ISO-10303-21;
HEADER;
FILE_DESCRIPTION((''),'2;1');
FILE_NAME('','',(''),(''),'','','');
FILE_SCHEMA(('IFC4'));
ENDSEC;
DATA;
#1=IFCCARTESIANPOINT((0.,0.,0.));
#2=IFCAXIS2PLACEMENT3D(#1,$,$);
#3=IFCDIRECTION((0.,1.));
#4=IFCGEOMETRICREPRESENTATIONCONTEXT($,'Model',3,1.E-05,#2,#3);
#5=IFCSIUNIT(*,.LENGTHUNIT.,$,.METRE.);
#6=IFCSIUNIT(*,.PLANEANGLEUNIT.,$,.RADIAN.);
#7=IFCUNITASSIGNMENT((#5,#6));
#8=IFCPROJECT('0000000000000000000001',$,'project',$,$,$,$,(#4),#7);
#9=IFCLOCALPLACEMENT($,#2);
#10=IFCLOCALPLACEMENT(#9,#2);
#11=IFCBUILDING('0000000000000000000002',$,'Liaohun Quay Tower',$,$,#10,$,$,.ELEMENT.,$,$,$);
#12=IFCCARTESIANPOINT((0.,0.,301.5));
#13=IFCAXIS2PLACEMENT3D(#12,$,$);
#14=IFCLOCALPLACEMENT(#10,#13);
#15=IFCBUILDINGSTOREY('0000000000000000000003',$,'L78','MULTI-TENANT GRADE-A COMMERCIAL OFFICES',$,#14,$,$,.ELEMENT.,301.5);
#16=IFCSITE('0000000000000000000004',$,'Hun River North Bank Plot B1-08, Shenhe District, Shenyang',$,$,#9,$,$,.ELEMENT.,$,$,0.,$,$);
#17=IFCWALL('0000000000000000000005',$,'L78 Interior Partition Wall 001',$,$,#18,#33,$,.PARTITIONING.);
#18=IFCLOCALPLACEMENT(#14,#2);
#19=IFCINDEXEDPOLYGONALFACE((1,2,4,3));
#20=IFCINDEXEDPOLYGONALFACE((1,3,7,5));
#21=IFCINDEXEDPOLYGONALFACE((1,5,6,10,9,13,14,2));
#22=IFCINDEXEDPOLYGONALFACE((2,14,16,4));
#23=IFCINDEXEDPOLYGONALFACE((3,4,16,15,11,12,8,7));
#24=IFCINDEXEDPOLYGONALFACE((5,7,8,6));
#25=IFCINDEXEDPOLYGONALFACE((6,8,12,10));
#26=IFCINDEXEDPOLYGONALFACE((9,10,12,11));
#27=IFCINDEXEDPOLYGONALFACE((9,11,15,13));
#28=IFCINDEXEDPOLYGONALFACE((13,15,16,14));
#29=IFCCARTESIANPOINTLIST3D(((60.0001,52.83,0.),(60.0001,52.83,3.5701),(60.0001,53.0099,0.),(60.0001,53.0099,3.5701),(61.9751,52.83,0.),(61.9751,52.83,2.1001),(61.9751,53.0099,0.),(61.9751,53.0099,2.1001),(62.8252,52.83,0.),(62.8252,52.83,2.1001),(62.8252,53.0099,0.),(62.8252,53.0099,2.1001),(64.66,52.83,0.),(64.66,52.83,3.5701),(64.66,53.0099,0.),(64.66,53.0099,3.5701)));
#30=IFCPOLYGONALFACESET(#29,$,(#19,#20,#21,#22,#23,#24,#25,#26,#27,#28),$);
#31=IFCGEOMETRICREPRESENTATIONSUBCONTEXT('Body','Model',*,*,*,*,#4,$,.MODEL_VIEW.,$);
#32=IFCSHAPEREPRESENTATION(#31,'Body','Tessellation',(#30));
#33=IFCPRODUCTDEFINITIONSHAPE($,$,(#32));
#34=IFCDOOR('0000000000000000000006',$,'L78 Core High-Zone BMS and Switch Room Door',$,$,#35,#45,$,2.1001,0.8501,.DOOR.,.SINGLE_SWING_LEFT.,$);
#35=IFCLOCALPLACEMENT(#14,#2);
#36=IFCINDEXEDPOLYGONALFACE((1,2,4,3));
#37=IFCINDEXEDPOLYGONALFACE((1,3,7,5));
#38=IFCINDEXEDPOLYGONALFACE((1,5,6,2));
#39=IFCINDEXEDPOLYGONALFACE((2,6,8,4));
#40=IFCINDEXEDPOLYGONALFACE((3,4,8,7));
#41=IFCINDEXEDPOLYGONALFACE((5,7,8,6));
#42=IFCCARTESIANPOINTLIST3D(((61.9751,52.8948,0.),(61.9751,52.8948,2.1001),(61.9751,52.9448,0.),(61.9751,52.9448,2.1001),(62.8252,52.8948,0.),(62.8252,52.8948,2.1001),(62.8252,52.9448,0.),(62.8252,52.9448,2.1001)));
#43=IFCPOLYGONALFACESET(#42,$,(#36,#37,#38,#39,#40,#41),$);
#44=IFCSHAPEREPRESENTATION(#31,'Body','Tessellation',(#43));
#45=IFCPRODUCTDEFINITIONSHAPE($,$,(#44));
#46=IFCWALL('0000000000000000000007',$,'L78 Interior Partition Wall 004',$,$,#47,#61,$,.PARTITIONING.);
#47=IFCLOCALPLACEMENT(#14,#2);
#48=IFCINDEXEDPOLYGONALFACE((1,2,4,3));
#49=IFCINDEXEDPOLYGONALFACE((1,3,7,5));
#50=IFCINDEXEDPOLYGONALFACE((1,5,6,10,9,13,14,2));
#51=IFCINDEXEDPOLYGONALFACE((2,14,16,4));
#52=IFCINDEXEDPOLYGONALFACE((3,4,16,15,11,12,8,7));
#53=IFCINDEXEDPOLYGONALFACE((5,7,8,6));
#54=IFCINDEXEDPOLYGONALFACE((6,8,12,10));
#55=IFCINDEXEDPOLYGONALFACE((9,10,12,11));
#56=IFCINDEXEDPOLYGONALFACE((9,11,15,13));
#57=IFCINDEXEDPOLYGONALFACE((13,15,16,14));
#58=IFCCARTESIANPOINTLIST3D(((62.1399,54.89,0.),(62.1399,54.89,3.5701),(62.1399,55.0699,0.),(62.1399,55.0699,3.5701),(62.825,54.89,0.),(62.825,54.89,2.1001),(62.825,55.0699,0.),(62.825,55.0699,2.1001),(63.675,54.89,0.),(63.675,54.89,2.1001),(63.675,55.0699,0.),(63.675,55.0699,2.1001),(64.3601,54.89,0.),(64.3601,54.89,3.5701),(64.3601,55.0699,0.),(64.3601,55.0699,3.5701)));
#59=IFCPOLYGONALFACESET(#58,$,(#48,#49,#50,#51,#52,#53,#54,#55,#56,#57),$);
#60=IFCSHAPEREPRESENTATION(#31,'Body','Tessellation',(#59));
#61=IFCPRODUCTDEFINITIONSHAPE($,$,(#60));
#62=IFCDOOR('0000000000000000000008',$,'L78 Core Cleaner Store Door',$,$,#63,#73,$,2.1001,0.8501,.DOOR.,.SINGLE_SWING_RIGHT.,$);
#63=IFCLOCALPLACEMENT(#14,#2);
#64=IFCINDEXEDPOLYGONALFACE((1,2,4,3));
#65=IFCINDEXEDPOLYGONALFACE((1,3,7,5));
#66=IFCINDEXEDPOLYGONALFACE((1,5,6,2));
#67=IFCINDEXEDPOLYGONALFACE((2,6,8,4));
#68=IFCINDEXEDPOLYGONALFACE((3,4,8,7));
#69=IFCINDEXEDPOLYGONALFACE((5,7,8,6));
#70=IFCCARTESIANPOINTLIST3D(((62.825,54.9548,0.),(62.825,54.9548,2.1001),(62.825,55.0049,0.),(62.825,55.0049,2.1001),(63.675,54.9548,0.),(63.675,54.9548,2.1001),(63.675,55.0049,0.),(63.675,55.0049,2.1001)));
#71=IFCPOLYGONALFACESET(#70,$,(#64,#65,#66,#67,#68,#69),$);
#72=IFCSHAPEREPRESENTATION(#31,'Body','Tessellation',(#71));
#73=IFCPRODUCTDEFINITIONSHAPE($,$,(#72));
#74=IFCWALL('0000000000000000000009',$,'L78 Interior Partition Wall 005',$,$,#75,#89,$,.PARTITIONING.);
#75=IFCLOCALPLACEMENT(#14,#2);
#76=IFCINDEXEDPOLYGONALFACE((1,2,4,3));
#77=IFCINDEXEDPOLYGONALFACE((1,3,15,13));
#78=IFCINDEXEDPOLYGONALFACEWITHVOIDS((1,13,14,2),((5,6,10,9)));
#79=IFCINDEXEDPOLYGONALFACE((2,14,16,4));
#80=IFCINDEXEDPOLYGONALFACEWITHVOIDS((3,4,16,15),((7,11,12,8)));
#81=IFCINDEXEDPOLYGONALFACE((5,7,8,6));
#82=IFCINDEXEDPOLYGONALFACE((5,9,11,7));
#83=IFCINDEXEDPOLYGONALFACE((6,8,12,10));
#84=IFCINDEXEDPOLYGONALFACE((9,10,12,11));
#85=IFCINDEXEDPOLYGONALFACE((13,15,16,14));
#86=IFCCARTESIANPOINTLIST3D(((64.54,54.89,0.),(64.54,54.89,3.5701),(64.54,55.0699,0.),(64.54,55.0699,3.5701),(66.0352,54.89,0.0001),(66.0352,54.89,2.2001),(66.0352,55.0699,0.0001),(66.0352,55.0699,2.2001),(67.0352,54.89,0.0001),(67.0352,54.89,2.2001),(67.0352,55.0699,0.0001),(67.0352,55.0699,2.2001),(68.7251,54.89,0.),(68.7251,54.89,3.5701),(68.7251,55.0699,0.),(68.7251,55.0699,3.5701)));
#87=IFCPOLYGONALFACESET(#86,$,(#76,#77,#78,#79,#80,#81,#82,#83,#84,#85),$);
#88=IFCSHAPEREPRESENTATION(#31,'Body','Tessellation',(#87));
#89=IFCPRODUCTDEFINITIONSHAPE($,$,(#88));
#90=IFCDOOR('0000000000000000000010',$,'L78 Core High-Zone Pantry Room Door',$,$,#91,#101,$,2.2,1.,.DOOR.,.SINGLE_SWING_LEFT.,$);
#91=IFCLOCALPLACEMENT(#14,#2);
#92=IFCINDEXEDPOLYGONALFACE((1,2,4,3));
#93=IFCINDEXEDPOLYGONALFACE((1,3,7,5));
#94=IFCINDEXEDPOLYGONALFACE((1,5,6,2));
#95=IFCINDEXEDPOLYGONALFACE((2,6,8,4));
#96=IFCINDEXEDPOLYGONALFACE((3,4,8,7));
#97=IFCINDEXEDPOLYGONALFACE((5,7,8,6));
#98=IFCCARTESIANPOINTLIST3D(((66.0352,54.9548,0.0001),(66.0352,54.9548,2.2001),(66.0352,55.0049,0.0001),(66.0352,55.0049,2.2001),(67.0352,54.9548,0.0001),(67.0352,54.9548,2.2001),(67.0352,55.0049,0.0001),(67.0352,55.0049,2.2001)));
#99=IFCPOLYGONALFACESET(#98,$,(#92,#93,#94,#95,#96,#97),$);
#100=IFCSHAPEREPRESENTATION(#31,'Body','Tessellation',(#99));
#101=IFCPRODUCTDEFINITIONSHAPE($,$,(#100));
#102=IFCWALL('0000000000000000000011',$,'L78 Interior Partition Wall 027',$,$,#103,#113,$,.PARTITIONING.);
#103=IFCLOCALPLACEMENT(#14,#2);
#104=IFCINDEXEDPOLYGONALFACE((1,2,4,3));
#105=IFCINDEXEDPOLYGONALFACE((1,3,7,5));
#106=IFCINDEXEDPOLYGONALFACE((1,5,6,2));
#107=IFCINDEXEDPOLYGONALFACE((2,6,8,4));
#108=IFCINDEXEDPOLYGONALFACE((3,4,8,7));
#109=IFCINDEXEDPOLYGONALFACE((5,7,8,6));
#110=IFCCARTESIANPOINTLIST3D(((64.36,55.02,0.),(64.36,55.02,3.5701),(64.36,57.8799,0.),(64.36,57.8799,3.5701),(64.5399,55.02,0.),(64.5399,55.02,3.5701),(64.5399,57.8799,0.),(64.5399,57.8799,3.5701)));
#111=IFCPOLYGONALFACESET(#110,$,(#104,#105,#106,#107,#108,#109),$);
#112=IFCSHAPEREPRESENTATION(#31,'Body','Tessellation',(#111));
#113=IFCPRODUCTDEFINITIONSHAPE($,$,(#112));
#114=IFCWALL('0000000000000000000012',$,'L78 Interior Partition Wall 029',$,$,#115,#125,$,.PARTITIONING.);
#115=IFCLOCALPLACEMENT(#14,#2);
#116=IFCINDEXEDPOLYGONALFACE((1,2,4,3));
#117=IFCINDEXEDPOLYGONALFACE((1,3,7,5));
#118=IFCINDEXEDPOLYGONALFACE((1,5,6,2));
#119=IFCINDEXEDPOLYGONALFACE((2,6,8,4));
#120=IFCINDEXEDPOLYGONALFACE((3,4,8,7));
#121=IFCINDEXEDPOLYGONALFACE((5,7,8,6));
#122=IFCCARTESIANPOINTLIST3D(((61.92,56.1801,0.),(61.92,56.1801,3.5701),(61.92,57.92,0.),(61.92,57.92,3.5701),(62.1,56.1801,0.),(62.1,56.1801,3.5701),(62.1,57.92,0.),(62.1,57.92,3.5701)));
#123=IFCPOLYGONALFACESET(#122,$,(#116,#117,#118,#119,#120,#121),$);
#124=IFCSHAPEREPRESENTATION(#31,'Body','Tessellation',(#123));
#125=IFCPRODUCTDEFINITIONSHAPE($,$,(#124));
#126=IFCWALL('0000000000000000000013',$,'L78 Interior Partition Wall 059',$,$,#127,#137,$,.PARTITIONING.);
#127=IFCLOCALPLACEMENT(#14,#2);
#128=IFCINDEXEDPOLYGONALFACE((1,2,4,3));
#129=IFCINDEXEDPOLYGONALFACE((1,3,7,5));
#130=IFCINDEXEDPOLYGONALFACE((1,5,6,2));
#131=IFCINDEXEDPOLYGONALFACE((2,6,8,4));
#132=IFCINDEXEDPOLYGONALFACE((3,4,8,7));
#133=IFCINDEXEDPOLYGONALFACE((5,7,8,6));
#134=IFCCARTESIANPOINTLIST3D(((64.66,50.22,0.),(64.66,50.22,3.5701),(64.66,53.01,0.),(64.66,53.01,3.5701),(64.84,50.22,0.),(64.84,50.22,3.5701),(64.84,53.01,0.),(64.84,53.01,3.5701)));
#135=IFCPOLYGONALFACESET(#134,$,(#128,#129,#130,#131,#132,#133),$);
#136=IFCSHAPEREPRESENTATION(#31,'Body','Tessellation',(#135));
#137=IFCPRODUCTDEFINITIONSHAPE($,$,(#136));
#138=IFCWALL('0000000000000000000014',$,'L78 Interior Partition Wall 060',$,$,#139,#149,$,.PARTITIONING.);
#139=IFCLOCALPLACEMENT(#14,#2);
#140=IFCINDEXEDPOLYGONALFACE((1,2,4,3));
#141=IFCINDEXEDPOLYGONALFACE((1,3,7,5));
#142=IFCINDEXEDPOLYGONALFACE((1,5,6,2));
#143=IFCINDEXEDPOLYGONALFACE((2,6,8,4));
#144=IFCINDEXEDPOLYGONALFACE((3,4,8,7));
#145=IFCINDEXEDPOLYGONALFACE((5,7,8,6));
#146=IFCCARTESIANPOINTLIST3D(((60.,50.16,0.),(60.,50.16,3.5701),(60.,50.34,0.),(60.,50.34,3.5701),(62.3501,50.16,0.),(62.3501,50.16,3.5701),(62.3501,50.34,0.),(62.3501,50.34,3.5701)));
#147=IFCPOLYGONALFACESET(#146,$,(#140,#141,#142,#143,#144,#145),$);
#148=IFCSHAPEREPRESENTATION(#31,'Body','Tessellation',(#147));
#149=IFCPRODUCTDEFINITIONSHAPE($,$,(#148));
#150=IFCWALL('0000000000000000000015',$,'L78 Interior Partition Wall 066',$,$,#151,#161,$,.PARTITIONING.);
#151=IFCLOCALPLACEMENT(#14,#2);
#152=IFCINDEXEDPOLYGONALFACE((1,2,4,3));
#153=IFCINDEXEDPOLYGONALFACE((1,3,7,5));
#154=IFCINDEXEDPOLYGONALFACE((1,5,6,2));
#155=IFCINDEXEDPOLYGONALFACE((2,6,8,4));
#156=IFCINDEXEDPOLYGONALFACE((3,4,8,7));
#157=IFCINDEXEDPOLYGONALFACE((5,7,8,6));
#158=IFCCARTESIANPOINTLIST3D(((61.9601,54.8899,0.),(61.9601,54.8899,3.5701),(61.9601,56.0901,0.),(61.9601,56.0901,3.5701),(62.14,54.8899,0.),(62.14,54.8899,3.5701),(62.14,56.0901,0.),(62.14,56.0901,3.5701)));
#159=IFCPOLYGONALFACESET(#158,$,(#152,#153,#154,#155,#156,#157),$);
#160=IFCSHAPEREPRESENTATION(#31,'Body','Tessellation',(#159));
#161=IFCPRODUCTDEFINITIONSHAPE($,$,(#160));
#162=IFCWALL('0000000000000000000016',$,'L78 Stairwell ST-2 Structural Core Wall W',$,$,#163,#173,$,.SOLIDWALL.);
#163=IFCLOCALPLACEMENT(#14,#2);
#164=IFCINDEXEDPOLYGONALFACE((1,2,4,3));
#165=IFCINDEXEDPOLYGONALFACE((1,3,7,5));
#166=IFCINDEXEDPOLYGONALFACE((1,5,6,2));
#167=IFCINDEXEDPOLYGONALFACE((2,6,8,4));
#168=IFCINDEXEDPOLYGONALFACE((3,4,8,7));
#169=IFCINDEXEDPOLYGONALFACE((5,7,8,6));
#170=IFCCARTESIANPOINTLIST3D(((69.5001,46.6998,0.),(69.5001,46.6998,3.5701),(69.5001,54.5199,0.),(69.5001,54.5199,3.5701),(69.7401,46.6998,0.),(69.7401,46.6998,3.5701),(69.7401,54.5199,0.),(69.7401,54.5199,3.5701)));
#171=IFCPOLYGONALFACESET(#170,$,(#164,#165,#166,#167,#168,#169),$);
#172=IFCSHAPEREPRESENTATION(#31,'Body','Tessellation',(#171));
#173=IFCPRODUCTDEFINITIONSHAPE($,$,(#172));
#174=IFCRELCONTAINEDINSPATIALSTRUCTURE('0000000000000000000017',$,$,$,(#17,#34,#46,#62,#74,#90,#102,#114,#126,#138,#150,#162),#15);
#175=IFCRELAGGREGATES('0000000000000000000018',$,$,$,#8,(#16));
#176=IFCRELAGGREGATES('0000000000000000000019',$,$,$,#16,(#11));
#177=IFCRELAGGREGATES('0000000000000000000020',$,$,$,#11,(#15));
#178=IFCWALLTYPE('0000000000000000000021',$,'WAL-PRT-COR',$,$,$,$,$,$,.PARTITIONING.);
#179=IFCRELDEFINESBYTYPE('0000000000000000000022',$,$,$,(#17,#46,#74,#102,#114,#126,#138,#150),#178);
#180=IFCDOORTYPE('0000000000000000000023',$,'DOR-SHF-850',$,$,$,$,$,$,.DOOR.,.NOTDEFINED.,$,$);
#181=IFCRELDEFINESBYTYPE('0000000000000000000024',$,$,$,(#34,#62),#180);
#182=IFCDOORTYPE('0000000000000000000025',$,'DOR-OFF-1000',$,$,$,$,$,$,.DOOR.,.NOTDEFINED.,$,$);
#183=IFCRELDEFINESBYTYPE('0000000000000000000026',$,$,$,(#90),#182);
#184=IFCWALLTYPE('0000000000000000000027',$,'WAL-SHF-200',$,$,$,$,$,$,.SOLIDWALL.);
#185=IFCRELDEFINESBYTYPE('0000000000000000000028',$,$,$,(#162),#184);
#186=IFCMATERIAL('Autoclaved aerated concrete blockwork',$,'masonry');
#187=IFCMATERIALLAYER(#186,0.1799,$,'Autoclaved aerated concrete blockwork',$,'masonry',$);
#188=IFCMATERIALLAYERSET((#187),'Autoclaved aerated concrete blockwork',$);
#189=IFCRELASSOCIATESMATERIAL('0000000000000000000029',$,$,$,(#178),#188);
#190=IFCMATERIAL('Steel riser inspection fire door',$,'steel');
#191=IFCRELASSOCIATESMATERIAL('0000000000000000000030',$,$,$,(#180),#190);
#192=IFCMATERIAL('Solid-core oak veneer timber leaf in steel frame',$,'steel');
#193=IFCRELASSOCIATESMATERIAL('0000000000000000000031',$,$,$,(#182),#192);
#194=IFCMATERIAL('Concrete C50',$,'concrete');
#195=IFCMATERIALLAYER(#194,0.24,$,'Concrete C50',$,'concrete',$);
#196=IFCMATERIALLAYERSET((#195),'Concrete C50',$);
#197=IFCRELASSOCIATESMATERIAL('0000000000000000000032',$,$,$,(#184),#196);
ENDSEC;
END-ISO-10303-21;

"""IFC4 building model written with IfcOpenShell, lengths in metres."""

from ifc_helpers import new_model, si_unit, direction, frame, frame_2d, origin, place, context, subcontext, project, spatial, rectangle, extrude, source, transform, mapped, material, layer, layer_set, type_object, element, fill, save


model = new_model("IFC4")

# Units and contexts
model_context = context("Model", 3, precision=1e-05, world=origin(), true_north=direction((0.0, 1.0)))
body_context = subcontext(model_context, "Body", "Model", "MODEL_VIEW")
ifc_project = project(units=[si_unit("LENGTHUNIT", "METRE"), si_unit("PLANEANGLEUNIT", "RADIAN")], contexts=[model_context])

# Site, building, storey
site_placement = place(None, origin())
site = spatial("IfcSite", under=ifc_project, at=site_placement, Name="Hun River North Bank Plot B1-08, Shenhe District, Shenyang", CompositionType="ELEMENT", RefElevation=0.0)
building_placement = place(site_placement, origin())
building = spatial("IfcBuilding", under=site, at=building_placement, Name="Liaohun Quay Tower", CompositionType="ELEMENT")
storey_placement = place(building_placement, frame((0.0, 0.0, 301.5)))
storey = spatial("IfcBuildingStorey", under=building, at=storey_placement, Name="L78", Description="MULTI-TENANT GRADE-A COMMERCIAL OFFICES", CompositionType="ELEMENT", Elevation=301.5)

# Walls, openings, doors
ifc_material_1 = material(Name="Autoclaved aerated concrete blockwork", Category="masonry")
ifc_layer_1 = layer(ifc_material_1, 0.1799, Name="Autoclaved aerated concrete blockwork", Category="masonry")
ifc_layer_set_1 = layer_set([ifc_layer_1], Name="Autoclaved aerated concrete blockwork")
wall_type_1 = type_object("IfcWallType", Name="WAL-PRT-COR", PredefinedType="PARTITIONING", material=ifc_layer_set_1)
wall_1_placement = place(storey_placement, frame((60.0, 52.9199, 0.0), z_axis=(0.0, 0.0, 1.0), x_axis=(1.0, 0.0, 0.0)))
wall_1 = element("IfcWall", 1, at=wall_1_placement, inside=storey, type_object=wall_type_1, Name="L78 Interior Partition Wall 001", PredefinedType="PARTITIONING", context=body_context, shape_type="SweptSolid", body=[
    extrude(rectangle(XDim=4.6599, YDim=0.1799, at=frame_2d((2.3301, 0.0))), origin(), (0.0, 0.0, 1.0), 3.5701),
])
shared_shape_1 = source(origin(), body_context, "Body", "SweptSolid", [
    extrude(rectangle(XDim=0.8501, YDim=2.1001, at=frame_2d((0.425, 1.05))), frame((0.0, 0.0999, 0.0), z_axis=(0.0, -1.0, 0.0), x_axis=(1.0, 0.0, 0.0)), (0.0, 0.0, 1.0), 0.2),
])
opening_1_placement = place(wall_1_placement, frame((1.9751, 0.0, 0.0)))
opening_1 = element("IfcOpeningElement", 2, at=opening_1_placement, cuts=wall_1, PredefinedType="OPENING", context=body_context, shape_type="MappedRepresentation", body=[
    mapped(shared_shape_1, transform((0.0, 0.0, 0.0), x_axis=(1.0, 0.0, 0.0), y_axis=(0.0, 1.0, 0.0), z_axis=(0.0, 0.0, 1.0), scale=1.0)),
])
ifc_material_2 = material(Name="Steel riser inspection fire door", Category="steel")
door_type_1 = type_object("IfcDoorType", Name="DOR-SHF-850", OperationType="NOTDEFINED", PredefinedType="DOOR", material=ifc_material_2)
shared_shape_2 = source(origin(), body_context, "Body", "SweptSolid", [
    extrude(rectangle(XDim=0.8501, YDim=2.1001, at=frame_2d((0.425, 1.05))), frame((0.0, 0.0249, 0.0), z_axis=(0.0, -1.0, 0.0), x_axis=(1.0, 0.0, 0.0)), (0.0, 0.0, 1.0), 0.05),
])
door_1_placement = place(opening_1_placement, origin())
door_1 = element("IfcDoor", 3, at=door_1_placement, inside=storey, type_object=door_type_1, Name="L78 Core High-Zone BMS and Switch Room Door", OperationType="SINGLE_SWING_LEFT", OverallHeight=2.1001, OverallWidth=0.8501, PredefinedType="DOOR", context=body_context, shape_type="MappedRepresentation", body=[
    mapped(shared_shape_2, transform((0.0, 0.0, 0.0), x_axis=(1.0, 0.0, 0.0), y_axis=(0.0, 1.0, 0.0), z_axis=(0.0, 0.0, 1.0), scale=1.0)),
])
fill(opening_1, door_1)
wall_2_placement = place(storey_placement, frame((62.1399, 54.98, 0.0), z_axis=(0.0, 0.0, 1.0), x_axis=(1.0, 0.0, 0.0)))
wall_2 = element("IfcWall", 4, at=wall_2_placement, inside=storey, type_object=wall_type_1, Name="L78 Interior Partition Wall 004", PredefinedType="PARTITIONING", context=body_context, shape_type="SweptSolid", body=[
    extrude(rectangle(XDim=2.2202, YDim=0.1799, at=frame_2d((1.1101, 0.0))), origin(), (0.0, 0.0, 1.0), 3.5701),
])
opening_2_placement = place(wall_2_placement, frame((0.6851, 0.0, 0.0)))
opening_2 = element("IfcOpeningElement", 5, at=opening_2_placement, cuts=wall_2, PredefinedType="OPENING", context=body_context, shape_type="MappedRepresentation", body=[
    mapped(shared_shape_1, transform((0.0, 0.0, 0.0), x_axis=(1.0, 0.0, 0.0), y_axis=(0.0, 1.0, 0.0), z_axis=(0.0, 0.0, 1.0), scale=1.0)),
])
door_2_placement = place(opening_2_placement, origin())
door_2 = element("IfcDoor", 6, at=door_2_placement, inside=storey, type_object=door_type_1, Name="L78 Core Cleaner Store Door", OperationType="SINGLE_SWING_RIGHT", OverallHeight=2.1001, OverallWidth=0.8501, PredefinedType="DOOR", context=body_context, shape_type="MappedRepresentation", body=[
    mapped(shared_shape_2, transform((0.0, 0.0, 0.0), x_axis=(1.0, 0.0, 0.0), y_axis=(0.0, 1.0, 0.0), z_axis=(0.0, 0.0, 1.0), scale=1.0)),
])
fill(opening_2, door_2)
wall_3_placement = place(storey_placement, frame((64.54, 54.98, 0.0), z_axis=(0.0, 0.0, 1.0), x_axis=(1.0, 0.0, 0.0)))
wall_3 = element("IfcWall", 7, at=wall_3_placement, inside=storey, type_object=wall_type_1, Name="L78 Interior Partition Wall 005", PredefinedType="PARTITIONING", context=body_context, shape_type="SweptSolid", body=[
    extrude(rectangle(XDim=4.1851, YDim=0.1799, at=frame_2d((2.0925, 0.0))), origin(), (0.0, 0.0, 1.0), 3.5701),
])
shared_shape_3 = source(origin(), body_context, "Body", "SweptSolid", [
    extrude(rectangle(XDim=1.0, YDim=2.2, at=frame_2d((0.5, 1.1001))), frame((0.0, 0.0999, 0.0), z_axis=(0.0, -1.0, 0.0), x_axis=(1.0, 0.0, 0.0)), (0.0, 0.0, 1.0), 0.2),
])
opening_3_placement = place(wall_3_placement, frame((1.4951, 0.0, 0.0)))
opening_3 = element("IfcOpeningElement", 8, at=opening_3_placement, cuts=wall_3, PredefinedType="OPENING", context=body_context, shape_type="MappedRepresentation", body=[
    mapped(shared_shape_3, transform((0.0, 0.0, 0.0), x_axis=(1.0, 0.0, 0.0), y_axis=(0.0, 1.0, 0.0), z_axis=(0.0, 0.0, 1.0), scale=1.0)),
])
ifc_material_3 = material(Name="Solid-core oak veneer timber leaf in steel frame", Category="steel")
door_type_2 = type_object("IfcDoorType", Name="DOR-OFF-1000", OperationType="NOTDEFINED", PredefinedType="DOOR", material=ifc_material_3)
shared_shape_4 = source(origin(), body_context, "Body", "SweptSolid", [
    extrude(rectangle(XDim=1.0, YDim=2.2, at=frame_2d((0.5, 1.1001))), frame((0.0, 0.0249, 0.0), z_axis=(0.0, -1.0, 0.0), x_axis=(1.0, 0.0, 0.0)), (0.0, 0.0, 1.0), 0.05),
])
door_3_placement = place(opening_3_placement, origin())
door_3 = element("IfcDoor", 9, at=door_3_placement, inside=storey, type_object=door_type_2, Name="L78 Core High-Zone Pantry Room Door", OperationType="SINGLE_SWING_LEFT", OverallHeight=2.2, OverallWidth=1.0, PredefinedType="DOOR", context=body_context, shape_type="MappedRepresentation", body=[
    mapped(shared_shape_4, transform((0.0, 0.0, 0.0), x_axis=(1.0, 0.0, 0.0), y_axis=(0.0, 1.0, 0.0), z_axis=(0.0, 0.0, 1.0), scale=1.0)),
])
fill(opening_3, door_3)

# Walls
wall_4_placement = place(storey_placement, frame((64.45, 55.02, 0.0), z_axis=(0.0, 0.0, 1.0), x_axis=(0.0, 1.0, 0.0)))
element("IfcWall", 10, at=wall_4_placement, inside=storey, type_object=wall_type_1, Name="L78 Interior Partition Wall 027", PredefinedType="PARTITIONING", context=body_context, shape_type="SweptSolid", body=[
    extrude(rectangle(XDim=2.8599, YDim=0.1799, at=frame_2d((1.4299, 0.0))), origin(), (0.0, 0.0, 1.0), 3.5701),
])
wall_5_placement = place(storey_placement, frame((62.01, 56.1799, 0.0), z_axis=(0.0, 0.0, 1.0), x_axis=(0.0, 1.0, 0.0)))
element("IfcWall", 11, at=wall_5_placement, inside=storey, type_object=wall_type_1, Name="L78 Interior Partition Wall 029", PredefinedType="PARTITIONING", context=body_context, shape_type="SweptSolid", body=[
    extrude(rectangle(XDim=1.74, YDim=0.1799, at=frame_2d((0.8701, 0.0))), origin(), (0.0, 0.0, 1.0), 3.5701),
])
wall_6_placement = place(storey_placement, frame((64.75, 50.22, 0.0), z_axis=(0.0, 0.0, 1.0), x_axis=(0.0, 1.0, 0.0)))
element("IfcWall", 12, at=wall_6_placement, inside=storey, type_object=wall_type_1, Name="L78 Interior Partition Wall 059", PredefinedType="PARTITIONING", context=body_context, shape_type="SweptSolid", body=[
    extrude(rectangle(XDim=2.79, YDim=0.1799, at=frame_2d((1.395, 0.0))), origin(), (0.0, 0.0, 1.0), 3.5701),
])
wall_7_placement = place(storey_placement, frame((60.0, 50.25, 0.0), z_axis=(0.0, 0.0, 1.0), x_axis=(1.0, 0.0, 0.0)))
element("IfcWall", 13, at=wall_7_placement, inside=storey, type_object=wall_type_1, Name="L78 Interior Partition Wall 060", PredefinedType="PARTITIONING", context=body_context, shape_type="SweptSolid", body=[
    extrude(rectangle(XDim=2.3501, YDim=0.1799, at=frame_2d((1.175, 0.0))), origin(), (0.0, 0.0, 1.0), 3.5701),
])
wall_8_placement = place(storey_placement, frame((62.05, 54.8899, 0.0), z_axis=(0.0, 0.0, 1.0), x_axis=(0.0, 1.0, 0.0)))
element("IfcWall", 14, at=wall_8_placement, inside=storey, type_object=wall_type_1, Name="L78 Interior Partition Wall 066", PredefinedType="PARTITIONING", context=body_context, shape_type="SweptSolid", body=[
    extrude(rectangle(XDim=1.2002, YDim=0.1799, at=frame_2d((0.6001, 0.0))), origin(), (0.0, 0.0, 1.0), 3.5701),
])
ifc_material_4 = material(Name="Concrete C50", Category="concrete")
ifc_layer_2 = layer(ifc_material_4, 0.24, Name="Concrete C50", Category="concrete")
ifc_layer_set_2 = layer_set([ifc_layer_2], Name="Concrete C50")
wall_type_2 = type_object("IfcWallType", Name="WAL-SHF-200", PredefinedType="SOLIDWALL", material=ifc_layer_set_2)
wall_9_placement = place(storey_placement, frame((69.6201, 54.52, 0.0), z_axis=(0.0, 0.0, 1.0), x_axis=(0.0, -1.0, 0.0)))
element("IfcWall", 15, at=wall_9_placement, inside=storey, type_object=wall_type_2, Name="L78 Stairwell ST-2 Structural Core Wall W", PredefinedType="SOLIDWALL", context=body_context, shape_type="SweptSolid", body=[
    extrude(rectangle(XDim=7.8201, YDim=0.24, at=frame_2d((3.9102, 0.0))), origin(), (0.0, 0.0, 1.0), 3.5701),
])

save(model, "model.ifc")
